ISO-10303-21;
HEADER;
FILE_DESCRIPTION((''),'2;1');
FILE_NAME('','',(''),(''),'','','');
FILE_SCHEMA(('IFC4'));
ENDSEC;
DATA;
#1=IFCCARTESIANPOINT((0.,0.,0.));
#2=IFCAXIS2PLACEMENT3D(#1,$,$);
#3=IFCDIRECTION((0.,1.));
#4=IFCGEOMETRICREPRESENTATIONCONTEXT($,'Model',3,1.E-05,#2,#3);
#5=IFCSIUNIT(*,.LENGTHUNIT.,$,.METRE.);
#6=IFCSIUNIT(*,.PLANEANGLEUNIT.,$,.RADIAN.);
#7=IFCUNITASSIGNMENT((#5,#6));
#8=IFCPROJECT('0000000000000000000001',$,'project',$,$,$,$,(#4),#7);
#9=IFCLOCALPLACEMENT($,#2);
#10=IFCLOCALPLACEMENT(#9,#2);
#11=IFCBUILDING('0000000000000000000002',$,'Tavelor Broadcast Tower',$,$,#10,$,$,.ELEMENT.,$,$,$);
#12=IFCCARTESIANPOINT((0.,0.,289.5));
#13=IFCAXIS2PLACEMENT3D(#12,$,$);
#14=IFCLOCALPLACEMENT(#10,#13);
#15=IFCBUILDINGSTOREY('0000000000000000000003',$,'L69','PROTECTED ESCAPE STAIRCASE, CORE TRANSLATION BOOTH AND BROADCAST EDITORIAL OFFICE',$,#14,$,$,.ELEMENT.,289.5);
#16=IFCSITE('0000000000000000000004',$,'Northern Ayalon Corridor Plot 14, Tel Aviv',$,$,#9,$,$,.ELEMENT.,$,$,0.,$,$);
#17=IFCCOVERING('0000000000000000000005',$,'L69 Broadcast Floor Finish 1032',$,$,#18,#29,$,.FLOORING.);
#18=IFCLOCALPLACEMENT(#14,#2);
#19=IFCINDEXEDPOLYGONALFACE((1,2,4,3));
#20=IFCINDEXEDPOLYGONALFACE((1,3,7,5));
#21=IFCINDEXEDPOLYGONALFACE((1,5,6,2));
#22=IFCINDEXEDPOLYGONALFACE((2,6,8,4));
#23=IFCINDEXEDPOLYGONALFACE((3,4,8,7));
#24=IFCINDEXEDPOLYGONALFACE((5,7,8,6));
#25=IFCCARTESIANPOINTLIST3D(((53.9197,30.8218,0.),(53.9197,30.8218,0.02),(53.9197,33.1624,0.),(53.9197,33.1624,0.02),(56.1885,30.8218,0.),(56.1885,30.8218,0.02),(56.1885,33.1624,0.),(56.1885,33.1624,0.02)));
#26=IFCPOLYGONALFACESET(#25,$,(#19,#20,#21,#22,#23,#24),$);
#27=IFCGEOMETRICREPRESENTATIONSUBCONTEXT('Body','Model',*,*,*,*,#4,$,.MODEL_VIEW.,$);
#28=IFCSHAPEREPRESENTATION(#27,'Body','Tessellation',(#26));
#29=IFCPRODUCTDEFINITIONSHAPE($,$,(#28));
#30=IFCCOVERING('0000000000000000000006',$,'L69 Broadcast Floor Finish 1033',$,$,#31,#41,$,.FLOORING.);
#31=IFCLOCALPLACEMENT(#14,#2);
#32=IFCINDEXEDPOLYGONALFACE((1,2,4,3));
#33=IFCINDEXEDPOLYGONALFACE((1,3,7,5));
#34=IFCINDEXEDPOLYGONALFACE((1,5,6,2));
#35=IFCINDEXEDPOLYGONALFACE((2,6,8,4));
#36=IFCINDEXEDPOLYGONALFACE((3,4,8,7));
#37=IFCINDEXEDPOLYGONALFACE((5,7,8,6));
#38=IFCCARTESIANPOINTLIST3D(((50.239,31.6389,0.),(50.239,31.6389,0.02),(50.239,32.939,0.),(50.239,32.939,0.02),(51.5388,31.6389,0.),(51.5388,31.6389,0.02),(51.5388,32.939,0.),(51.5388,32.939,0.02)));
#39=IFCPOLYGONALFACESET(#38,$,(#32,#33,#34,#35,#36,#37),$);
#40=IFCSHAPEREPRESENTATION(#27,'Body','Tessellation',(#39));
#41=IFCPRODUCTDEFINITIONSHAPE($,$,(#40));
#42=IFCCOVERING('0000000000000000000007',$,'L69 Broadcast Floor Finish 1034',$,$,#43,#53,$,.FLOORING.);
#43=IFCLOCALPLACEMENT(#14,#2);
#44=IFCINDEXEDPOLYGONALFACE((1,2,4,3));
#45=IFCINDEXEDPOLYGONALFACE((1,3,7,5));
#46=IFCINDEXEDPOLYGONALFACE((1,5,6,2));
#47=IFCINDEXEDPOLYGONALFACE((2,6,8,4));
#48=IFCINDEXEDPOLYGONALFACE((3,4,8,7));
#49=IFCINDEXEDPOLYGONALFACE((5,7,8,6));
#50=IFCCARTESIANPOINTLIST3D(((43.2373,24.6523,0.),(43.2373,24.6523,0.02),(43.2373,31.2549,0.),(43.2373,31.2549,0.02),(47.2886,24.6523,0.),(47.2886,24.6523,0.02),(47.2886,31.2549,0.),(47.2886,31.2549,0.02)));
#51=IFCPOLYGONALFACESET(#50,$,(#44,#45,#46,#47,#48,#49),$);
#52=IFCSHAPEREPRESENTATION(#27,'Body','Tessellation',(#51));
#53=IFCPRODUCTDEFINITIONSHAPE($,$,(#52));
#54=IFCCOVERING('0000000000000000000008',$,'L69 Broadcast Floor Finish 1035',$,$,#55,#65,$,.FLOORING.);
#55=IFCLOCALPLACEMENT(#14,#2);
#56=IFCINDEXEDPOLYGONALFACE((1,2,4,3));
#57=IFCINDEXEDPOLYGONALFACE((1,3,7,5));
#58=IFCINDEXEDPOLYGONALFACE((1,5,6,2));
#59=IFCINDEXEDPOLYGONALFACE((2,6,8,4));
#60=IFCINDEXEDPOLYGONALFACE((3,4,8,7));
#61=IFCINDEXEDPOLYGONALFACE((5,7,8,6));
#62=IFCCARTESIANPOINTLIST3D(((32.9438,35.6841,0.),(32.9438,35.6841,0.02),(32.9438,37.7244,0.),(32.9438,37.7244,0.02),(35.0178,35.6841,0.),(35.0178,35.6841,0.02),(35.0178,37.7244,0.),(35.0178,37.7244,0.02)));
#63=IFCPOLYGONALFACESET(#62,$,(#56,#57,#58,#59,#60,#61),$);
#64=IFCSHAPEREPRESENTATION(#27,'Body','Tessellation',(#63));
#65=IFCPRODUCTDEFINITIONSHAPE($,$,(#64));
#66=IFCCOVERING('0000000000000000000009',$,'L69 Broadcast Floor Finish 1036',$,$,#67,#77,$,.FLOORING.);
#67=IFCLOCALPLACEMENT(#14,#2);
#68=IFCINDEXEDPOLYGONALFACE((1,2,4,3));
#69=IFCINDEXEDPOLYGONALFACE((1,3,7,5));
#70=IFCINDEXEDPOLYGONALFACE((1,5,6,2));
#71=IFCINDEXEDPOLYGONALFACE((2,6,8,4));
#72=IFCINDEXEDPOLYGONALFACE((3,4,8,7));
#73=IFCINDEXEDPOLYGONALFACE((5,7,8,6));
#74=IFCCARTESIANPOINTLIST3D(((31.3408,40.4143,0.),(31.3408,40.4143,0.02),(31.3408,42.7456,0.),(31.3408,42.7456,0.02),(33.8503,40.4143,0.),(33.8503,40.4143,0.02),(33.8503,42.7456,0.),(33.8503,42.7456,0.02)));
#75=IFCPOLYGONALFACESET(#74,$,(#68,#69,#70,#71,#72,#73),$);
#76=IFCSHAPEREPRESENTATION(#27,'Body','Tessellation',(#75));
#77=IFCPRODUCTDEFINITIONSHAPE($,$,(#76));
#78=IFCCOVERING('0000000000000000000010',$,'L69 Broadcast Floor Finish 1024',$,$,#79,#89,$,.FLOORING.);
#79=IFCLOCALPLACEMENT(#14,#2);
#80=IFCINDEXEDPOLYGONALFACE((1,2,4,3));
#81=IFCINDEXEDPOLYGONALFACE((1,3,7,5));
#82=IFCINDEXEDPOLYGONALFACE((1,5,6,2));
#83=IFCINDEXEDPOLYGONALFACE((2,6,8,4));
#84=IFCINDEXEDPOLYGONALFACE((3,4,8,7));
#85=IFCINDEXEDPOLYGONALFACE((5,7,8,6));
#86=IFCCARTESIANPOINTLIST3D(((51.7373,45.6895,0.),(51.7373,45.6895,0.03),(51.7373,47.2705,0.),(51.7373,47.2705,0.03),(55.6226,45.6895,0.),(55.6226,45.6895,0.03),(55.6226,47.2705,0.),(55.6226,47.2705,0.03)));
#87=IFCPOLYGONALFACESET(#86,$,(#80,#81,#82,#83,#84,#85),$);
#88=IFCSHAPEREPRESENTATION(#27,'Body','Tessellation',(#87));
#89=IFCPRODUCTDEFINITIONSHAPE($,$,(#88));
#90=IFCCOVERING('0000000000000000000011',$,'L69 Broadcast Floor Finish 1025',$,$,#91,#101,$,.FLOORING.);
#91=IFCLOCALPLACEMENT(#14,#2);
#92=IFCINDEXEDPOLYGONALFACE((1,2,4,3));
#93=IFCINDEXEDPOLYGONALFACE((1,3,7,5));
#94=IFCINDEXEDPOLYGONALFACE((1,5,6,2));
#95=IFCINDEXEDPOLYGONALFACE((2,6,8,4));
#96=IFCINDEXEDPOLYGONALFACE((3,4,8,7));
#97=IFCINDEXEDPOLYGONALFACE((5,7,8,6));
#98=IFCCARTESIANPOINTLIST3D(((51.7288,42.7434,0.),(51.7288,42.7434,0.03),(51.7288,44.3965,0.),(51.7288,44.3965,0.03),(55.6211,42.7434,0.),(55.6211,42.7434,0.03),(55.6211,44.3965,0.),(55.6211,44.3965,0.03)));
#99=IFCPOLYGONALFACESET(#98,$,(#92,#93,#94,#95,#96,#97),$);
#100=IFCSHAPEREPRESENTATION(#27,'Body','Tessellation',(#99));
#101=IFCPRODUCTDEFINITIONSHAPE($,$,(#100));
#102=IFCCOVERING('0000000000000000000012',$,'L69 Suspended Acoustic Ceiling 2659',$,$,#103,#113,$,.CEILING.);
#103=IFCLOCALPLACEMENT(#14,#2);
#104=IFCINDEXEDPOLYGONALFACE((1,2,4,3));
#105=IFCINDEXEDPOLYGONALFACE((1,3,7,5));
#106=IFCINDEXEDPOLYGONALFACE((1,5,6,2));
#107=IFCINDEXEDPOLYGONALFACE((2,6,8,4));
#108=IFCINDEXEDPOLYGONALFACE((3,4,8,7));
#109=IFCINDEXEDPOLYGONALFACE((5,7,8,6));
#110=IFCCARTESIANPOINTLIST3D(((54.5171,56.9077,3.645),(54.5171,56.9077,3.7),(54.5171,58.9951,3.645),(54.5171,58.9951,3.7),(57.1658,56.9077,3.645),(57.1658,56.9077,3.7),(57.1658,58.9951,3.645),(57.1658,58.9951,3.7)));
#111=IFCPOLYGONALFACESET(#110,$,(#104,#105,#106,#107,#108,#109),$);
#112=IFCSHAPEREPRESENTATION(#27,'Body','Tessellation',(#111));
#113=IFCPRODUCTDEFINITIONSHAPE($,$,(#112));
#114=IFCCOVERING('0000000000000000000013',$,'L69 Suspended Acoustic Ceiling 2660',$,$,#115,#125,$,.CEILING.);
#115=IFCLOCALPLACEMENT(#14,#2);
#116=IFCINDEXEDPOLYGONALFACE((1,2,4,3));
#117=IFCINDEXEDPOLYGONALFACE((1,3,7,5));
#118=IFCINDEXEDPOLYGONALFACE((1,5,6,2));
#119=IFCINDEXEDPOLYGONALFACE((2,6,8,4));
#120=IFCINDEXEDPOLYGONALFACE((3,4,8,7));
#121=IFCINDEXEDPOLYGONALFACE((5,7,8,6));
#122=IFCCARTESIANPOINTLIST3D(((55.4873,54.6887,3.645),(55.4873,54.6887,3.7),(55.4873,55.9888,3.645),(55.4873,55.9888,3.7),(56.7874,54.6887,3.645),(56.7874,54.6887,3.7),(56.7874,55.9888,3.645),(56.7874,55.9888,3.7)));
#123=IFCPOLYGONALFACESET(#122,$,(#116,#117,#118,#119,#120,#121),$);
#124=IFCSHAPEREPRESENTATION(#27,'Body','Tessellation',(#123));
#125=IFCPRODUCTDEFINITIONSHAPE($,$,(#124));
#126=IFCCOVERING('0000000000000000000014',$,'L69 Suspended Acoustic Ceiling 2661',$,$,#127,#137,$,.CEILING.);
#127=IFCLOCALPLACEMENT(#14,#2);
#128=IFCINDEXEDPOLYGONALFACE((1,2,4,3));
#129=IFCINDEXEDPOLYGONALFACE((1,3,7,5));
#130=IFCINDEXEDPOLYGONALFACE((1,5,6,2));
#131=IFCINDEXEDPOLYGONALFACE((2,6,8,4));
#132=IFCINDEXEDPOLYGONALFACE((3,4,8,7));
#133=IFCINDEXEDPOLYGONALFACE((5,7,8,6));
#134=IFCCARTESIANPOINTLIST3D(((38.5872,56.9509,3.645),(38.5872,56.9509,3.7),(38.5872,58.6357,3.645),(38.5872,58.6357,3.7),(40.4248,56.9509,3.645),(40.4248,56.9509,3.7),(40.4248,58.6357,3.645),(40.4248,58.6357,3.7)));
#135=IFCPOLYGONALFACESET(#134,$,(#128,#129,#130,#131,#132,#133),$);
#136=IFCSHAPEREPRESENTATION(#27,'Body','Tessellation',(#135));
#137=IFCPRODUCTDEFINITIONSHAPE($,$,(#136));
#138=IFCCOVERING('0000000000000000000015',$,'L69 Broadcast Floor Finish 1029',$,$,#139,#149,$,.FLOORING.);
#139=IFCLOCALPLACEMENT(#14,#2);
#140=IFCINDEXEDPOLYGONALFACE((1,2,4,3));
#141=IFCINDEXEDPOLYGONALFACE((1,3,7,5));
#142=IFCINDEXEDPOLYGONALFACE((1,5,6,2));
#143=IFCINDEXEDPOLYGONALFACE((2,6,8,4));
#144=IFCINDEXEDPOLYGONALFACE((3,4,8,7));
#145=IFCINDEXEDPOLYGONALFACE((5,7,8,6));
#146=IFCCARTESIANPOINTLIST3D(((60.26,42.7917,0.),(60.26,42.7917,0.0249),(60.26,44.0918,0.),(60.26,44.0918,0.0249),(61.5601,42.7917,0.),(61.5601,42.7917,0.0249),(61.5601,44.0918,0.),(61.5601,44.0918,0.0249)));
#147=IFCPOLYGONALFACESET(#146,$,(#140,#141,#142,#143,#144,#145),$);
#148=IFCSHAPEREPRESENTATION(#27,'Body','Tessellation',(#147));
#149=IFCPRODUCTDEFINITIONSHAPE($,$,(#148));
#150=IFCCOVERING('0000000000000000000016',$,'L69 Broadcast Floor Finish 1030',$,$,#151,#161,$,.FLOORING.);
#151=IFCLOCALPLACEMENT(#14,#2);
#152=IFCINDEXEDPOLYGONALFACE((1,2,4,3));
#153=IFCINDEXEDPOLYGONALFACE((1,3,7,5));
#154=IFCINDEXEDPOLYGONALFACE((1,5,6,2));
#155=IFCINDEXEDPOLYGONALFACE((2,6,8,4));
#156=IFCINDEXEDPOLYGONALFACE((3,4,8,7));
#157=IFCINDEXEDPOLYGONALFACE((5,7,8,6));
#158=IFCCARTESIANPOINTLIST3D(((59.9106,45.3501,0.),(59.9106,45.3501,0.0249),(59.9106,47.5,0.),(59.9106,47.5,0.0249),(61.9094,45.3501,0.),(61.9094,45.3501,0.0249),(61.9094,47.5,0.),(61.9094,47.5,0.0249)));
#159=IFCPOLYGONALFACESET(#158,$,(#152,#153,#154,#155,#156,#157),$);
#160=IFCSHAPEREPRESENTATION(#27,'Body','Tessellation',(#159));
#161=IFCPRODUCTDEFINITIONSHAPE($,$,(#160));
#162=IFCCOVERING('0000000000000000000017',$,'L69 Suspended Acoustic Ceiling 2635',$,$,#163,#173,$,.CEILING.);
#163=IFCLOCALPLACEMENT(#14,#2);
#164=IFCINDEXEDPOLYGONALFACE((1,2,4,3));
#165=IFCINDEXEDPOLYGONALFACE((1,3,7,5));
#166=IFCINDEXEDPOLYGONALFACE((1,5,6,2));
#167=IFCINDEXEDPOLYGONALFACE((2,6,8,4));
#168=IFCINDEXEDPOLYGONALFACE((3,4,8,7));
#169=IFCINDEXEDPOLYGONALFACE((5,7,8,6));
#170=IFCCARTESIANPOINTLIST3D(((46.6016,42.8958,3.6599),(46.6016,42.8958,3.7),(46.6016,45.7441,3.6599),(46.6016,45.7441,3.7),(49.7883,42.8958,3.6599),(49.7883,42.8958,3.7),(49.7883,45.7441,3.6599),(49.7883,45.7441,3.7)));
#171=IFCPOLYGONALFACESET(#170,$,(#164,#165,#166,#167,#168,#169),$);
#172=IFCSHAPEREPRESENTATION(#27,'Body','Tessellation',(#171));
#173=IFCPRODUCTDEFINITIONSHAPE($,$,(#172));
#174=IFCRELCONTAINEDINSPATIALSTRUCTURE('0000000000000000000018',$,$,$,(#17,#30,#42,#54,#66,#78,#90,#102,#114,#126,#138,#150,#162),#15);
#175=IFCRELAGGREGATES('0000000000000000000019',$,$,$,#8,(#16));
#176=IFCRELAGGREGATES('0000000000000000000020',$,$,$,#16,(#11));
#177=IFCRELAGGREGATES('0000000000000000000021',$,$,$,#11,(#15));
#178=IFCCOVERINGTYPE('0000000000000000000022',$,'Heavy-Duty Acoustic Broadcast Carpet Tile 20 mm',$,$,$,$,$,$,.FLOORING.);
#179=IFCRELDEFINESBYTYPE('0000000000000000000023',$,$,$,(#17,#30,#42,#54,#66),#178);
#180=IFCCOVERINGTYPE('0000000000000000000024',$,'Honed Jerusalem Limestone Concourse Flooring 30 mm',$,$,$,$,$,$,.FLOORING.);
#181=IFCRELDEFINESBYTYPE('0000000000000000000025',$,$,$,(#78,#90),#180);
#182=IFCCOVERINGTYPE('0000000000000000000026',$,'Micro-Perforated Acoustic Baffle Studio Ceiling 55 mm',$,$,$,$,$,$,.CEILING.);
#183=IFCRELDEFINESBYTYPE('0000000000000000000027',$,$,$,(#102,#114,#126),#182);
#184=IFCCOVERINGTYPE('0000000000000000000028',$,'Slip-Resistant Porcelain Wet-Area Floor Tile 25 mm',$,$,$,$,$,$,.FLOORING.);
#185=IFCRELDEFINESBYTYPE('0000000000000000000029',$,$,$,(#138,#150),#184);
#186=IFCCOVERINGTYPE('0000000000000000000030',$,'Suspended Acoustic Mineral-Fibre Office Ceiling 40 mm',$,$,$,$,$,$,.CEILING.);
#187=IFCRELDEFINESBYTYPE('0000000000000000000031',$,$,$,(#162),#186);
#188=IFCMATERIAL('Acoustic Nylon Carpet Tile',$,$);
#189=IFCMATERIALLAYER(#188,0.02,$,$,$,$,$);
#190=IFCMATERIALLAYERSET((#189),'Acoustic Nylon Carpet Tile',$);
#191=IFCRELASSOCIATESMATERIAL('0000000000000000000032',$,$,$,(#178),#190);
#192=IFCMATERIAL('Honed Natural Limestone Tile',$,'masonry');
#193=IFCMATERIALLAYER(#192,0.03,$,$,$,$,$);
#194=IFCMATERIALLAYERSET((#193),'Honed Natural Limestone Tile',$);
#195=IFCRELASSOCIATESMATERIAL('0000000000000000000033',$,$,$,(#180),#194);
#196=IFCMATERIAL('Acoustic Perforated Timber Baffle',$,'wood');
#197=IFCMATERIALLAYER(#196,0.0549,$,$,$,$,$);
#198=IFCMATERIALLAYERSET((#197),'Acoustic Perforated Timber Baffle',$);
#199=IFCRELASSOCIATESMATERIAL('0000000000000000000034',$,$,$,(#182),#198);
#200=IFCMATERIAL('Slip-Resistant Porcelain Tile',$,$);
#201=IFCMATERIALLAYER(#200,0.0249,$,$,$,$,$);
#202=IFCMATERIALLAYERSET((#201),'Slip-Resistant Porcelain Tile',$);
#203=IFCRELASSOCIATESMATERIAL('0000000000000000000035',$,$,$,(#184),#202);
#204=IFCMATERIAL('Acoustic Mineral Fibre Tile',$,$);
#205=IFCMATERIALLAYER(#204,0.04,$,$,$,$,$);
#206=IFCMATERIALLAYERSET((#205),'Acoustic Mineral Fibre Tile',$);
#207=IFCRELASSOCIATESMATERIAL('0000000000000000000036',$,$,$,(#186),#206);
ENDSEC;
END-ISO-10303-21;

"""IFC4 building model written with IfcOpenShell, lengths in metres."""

from ifc_helpers import new_model, si_unit, direction, frame, origin, place, context, subcontext, project, spatial, polyline, outline, extrude, material, layer, layer_set, type_object, element, save


model = new_model("IFC4")

# Units and contexts
model_context = context("Model", 3, precision=1e-05, world=origin(), true_north=direction((0.0, 1.0)))
body_context = subcontext(model_context, "Body", "Model", "MODEL_VIEW")
ifc_project = project(units=[si_unit("LENGTHUNIT", "METRE"), si_unit("PLANEANGLEUNIT", "RADIAN")], contexts=[model_context])

# Site, building, storey
site_placement = place(None, origin())
site = spatial("IfcSite", under=ifc_project, at=site_placement, Name="Northern Ayalon Corridor Plot 14, Tel Aviv", CompositionType="ELEMENT", RefElevation=0.0)
building_placement = place(site_placement, origin())
building = spatial("IfcBuilding", under=site, at=building_placement, Name="Tavelor Broadcast Tower", CompositionType="ELEMENT")
storey_placement = place(building_placement, frame((0.0, 0.0, 289.5)))
storey = spatial("IfcBuildingStorey", under=building, at=storey_placement, Name="L69", Description="PROTECTED ESCAPE STAIRCASE, CORE TRANSLATION BOOTH AND BROADCAST EDITORIAL OFFICE", CompositionType="ELEMENT", Elevation=289.5)

# Coverings
ifc_material_1 = material(Name="Acoustic Nylon Carpet Tile")
ifc_layer_1 = layer(ifc_material_1, 0.02)
ifc_layer_set_1 = layer_set([ifc_layer_1], Name="Acoustic Nylon Carpet Tile")
covering_type_1 = type_object("IfcCoveringType", Name="Heavy-Duty Acoustic Broadcast Carpet Tile 20 mm", PredefinedType="FLOORING", material=ifc_layer_set_1)
covering_1_placement = place(storey_placement, origin())
element("IfcCovering", 1, at=covering_1_placement, inside=storey, type_object=covering_type_1, Name="L69 Broadcast Floor Finish 1032", PredefinedType="FLOORING", context=body_context, shape_type="SweptSolid", body=[
    extrude(outline(polyline([(53.9197, 30.8218), (56.1885, 30.8218), (56.1885, 33.1624), (53.9197, 33.1624), (53.9197, 30.8218)])), origin(), (0.0, 0.0, 1.0), 0.02),
])
covering_2_placement = place(storey_placement, origin())
element("IfcCovering", 2, at=covering_2_placement, inside=storey, type_object=covering_type_1, Name="L69 Broadcast Floor Finish 1033", PredefinedType="FLOORING", context=body_context, shape_type="SweptSolid", body=[
    extrude(outline(polyline([(50.239, 31.6389), (51.5388, 31.6389), (51.5388, 32.939), (50.239, 32.939), (50.239, 31.6389)])), origin(), (0.0, 0.0, 1.0), 0.02),
])
covering_3_placement = place(storey_placement, origin())
element("IfcCovering", 3, at=covering_3_placement, inside=storey, type_object=covering_type_1, Name="L69 Broadcast Floor Finish 1034", PredefinedType="FLOORING", context=body_context, shape_type="SweptSolid", body=[
    extrude(outline(polyline([(43.2373, 24.6523), (47.2886, 24.6523), (47.2886, 31.2549), (43.2373, 31.2549), (43.2373, 24.6523)])), origin(), (0.0, 0.0, 1.0), 0.02),
])
covering_4_placement = place(storey_placement, origin())
element("IfcCovering", 4, at=covering_4_placement, inside=storey, type_object=covering_type_1, Name="L69 Broadcast Floor Finish 1035", PredefinedType="FLOORING", context=body_context, shape_type="SweptSolid", body=[
    extrude(outline(polyline([(32.9438, 35.6841), (35.0178, 35.6841), (35.0178, 37.7244), (32.9438, 37.7244), (32.9438, 35.6841)])), origin(), (0.0, 0.0, 1.0), 0.02),
])
covering_5_placement = place(storey_placement, origin())
element("IfcCovering", 5, at=covering_5_placement, inside=storey, type_object=covering_type_1, Name="L69 Broadcast Floor Finish 1036", PredefinedType="FLOORING", context=body_context, shape_type="SweptSolid", body=[
    extrude(outline(polyline([(31.3408, 40.4143), (33.8503, 40.4143), (33.8503, 42.7456), (31.3408, 42.7456), (31.3408, 40.4143)])), origin(), (0.0, 0.0, 1.0), 0.02),
])
ifc_material_2 = material(Name="Honed Natural Limestone Tile", Category="masonry")
ifc_layer_2 = layer(ifc_material_2, 0.03)
ifc_layer_set_2 = layer_set([ifc_layer_2], Name="Honed Natural Limestone Tile")
covering_type_2 = type_object("IfcCoveringType", Name="Honed Jerusalem Limestone Concourse Flooring 30 mm", PredefinedType="FLOORING", material=ifc_layer_set_2)
covering_6_placement = place(storey_placement, origin())
element("IfcCovering", 6, at=covering_6_placement, inside=storey, type_object=covering_type_2, Name="L69 Broadcast Floor Finish 1024", PredefinedType="FLOORING", context=body_context, shape_type="SweptSolid", body=[
    extrude(outline(polyline([(51.7373, 45.6895), (55.6226, 45.6895), (55.6226, 47.2705), (51.7373, 47.2705), (51.7373, 45.6895)])), origin(), (0.0, 0.0, 1.0), 0.03),
])
covering_7_placement = place(storey_placement, origin())
element("IfcCovering", 7, at=covering_7_placement, inside=storey, type_object=covering_type_2, Name="L69 Broadcast Floor Finish 1025", PredefinedType="FLOORING", context=body_context, shape_type="SweptSolid", body=[
    extrude(outline(polyline([(51.7288, 42.7434), (55.6211, 42.7434), (55.6211, 44.3965), (51.7288, 44.3965), (51.7288, 42.7434)])), origin(), (0.0, 0.0, 1.0), 0.03),
])
ifc_material_3 = material(Name="Acoustic Perforated Timber Baffle", Category="wood")
ifc_layer_3 = layer(ifc_material_3, 0.0549)
ifc_layer_set_3 = layer_set([ifc_layer_3], Name="Acoustic Perforated Timber Baffle")
covering_type_3 = type_object("IfcCoveringType", Name="Micro-Perforated Acoustic Baffle Studio Ceiling 55 mm", PredefinedType="CEILING", material=ifc_layer_set_3)
covering_8_placement = place(storey_placement, frame((0.0, 0.0, 3.645)))
element("IfcCovering", 8, at=covering_8_placement, inside=storey, type_object=covering_type_3, Name="L69 Suspended Acoustic Ceiling 2659", PredefinedType="CEILING", context=body_context, shape_type="SweptSolid", body=[
    extrude(outline(polyline([(54.5171, 56.9077), (57.1658, 56.9077), (57.1658, 58.9951), (54.5171, 58.9951), (54.5171, 56.9077)])), origin(), (0.0, 0.0, 1.0), 0.0549),
])
covering_9_placement = place(storey_placement, frame((0.0, 0.0, 3.645)))
element("IfcCovering", 9, at=covering_9_placement, inside=storey, type_object=covering_type_3, Name="L69 Suspended Acoustic Ceiling 2660", PredefinedType="CEILING", context=body_context, shape_type="SweptSolid", body=[
    extrude(outline(polyline([(55.4873, 54.6887), (56.7874, 54.6887), (56.7874, 55.9888), (55.4873, 55.9888), (55.4873, 54.6887)])), origin(), (0.0, 0.0, 1.0), 0.0549),
])
covering_10_placement = place(storey_placement, frame((0.0, 0.0, 3.645)))
element("IfcCovering", 10, at=covering_10_placement, inside=storey, type_object=covering_type_3, Name="L69 Suspended Acoustic Ceiling 2661", PredefinedType="CEILING", context=body_context, shape_type="SweptSolid", body=[
    extrude(outline(polyline([(38.5872, 56.9509), (40.4248, 56.9509), (40.4248, 58.6357), (38.5872, 58.6357), (38.5872, 56.9509)])), origin(), (0.0, 0.0, 1.0), 0.0549),
])
ifc_material_4 = material(Name="Slip-Resistant Porcelain Tile")
ifc_layer_4 = layer(ifc_material_4, 0.0249)
ifc_layer_set_4 = layer_set([ifc_layer_4], Name="Slip-Resistant Porcelain Tile")
covering_type_4 = type_object("IfcCoveringType", Name="Slip-Resistant Porcelain Wet-Area Floor Tile 25 mm", PredefinedType="FLOORING", material=ifc_layer_set_4)
covering_11_placement = place(storey_placement, origin())
element("IfcCovering", 11, at=covering_11_placement, inside=storey, type_object=covering_type_4, Name="L69 Broadcast Floor Finish 1029", PredefinedType="FLOORING", context=body_context, shape_type="SweptSolid", body=[
    extrude(outline(polyline([(60.26, 42.7917), (61.5601, 42.7917), (61.5601, 44.0918), (60.26, 44.0918), (60.26, 42.7917)])), origin(), (0.0, 0.0, 1.0), 0.0249),
])
covering_12_placement = place(storey_placement, origin())
element("IfcCovering", 12, at=covering_12_placement, inside=storey, type_object=covering_type_4, Name="L69 Broadcast Floor Finish 1030", PredefinedType="FLOORING", context=body_context, shape_type="SweptSolid", body=[
    extrude(outline(polyline([(59.9106, 45.3501), (61.9094, 45.3501), (61.9094, 47.5), (59.9106, 47.5), (59.9106, 45.3501)])), origin(), (0.0, 0.0, 1.0), 0.0249),
])
ifc_material_5 = material(Name="Acoustic Mineral Fibre Tile")
ifc_layer_5 = layer(ifc_material_5, 0.04)
ifc_layer_set_5 = layer_set([ifc_layer_5], Name="Acoustic Mineral Fibre Tile")
covering_type_5 = type_object("IfcCoveringType", Name="Suspended Acoustic Mineral-Fibre Office Ceiling 40 mm", PredefinedType="CEILING", material=ifc_layer_set_5)
covering_13_placement = place(storey_placement, frame((0.0, 0.0, 3.6599)))
element("IfcCovering", 13, at=covering_13_placement, inside=storey, type_object=covering_type_5, Name="L69 Suspended Acoustic Ceiling 2635", PredefinedType="CEILING", context=body_context, shape_type="SweptSolid", body=[
    extrude(outline(polyline([(46.6016, 42.8958), (49.7883, 42.8958), (49.7883, 45.7441), (46.6016, 45.7441), (46.6016, 42.8958)])), origin(), (0.0, 0.0, 1.0), 0.04),
])

save(model, "model.ifc")
